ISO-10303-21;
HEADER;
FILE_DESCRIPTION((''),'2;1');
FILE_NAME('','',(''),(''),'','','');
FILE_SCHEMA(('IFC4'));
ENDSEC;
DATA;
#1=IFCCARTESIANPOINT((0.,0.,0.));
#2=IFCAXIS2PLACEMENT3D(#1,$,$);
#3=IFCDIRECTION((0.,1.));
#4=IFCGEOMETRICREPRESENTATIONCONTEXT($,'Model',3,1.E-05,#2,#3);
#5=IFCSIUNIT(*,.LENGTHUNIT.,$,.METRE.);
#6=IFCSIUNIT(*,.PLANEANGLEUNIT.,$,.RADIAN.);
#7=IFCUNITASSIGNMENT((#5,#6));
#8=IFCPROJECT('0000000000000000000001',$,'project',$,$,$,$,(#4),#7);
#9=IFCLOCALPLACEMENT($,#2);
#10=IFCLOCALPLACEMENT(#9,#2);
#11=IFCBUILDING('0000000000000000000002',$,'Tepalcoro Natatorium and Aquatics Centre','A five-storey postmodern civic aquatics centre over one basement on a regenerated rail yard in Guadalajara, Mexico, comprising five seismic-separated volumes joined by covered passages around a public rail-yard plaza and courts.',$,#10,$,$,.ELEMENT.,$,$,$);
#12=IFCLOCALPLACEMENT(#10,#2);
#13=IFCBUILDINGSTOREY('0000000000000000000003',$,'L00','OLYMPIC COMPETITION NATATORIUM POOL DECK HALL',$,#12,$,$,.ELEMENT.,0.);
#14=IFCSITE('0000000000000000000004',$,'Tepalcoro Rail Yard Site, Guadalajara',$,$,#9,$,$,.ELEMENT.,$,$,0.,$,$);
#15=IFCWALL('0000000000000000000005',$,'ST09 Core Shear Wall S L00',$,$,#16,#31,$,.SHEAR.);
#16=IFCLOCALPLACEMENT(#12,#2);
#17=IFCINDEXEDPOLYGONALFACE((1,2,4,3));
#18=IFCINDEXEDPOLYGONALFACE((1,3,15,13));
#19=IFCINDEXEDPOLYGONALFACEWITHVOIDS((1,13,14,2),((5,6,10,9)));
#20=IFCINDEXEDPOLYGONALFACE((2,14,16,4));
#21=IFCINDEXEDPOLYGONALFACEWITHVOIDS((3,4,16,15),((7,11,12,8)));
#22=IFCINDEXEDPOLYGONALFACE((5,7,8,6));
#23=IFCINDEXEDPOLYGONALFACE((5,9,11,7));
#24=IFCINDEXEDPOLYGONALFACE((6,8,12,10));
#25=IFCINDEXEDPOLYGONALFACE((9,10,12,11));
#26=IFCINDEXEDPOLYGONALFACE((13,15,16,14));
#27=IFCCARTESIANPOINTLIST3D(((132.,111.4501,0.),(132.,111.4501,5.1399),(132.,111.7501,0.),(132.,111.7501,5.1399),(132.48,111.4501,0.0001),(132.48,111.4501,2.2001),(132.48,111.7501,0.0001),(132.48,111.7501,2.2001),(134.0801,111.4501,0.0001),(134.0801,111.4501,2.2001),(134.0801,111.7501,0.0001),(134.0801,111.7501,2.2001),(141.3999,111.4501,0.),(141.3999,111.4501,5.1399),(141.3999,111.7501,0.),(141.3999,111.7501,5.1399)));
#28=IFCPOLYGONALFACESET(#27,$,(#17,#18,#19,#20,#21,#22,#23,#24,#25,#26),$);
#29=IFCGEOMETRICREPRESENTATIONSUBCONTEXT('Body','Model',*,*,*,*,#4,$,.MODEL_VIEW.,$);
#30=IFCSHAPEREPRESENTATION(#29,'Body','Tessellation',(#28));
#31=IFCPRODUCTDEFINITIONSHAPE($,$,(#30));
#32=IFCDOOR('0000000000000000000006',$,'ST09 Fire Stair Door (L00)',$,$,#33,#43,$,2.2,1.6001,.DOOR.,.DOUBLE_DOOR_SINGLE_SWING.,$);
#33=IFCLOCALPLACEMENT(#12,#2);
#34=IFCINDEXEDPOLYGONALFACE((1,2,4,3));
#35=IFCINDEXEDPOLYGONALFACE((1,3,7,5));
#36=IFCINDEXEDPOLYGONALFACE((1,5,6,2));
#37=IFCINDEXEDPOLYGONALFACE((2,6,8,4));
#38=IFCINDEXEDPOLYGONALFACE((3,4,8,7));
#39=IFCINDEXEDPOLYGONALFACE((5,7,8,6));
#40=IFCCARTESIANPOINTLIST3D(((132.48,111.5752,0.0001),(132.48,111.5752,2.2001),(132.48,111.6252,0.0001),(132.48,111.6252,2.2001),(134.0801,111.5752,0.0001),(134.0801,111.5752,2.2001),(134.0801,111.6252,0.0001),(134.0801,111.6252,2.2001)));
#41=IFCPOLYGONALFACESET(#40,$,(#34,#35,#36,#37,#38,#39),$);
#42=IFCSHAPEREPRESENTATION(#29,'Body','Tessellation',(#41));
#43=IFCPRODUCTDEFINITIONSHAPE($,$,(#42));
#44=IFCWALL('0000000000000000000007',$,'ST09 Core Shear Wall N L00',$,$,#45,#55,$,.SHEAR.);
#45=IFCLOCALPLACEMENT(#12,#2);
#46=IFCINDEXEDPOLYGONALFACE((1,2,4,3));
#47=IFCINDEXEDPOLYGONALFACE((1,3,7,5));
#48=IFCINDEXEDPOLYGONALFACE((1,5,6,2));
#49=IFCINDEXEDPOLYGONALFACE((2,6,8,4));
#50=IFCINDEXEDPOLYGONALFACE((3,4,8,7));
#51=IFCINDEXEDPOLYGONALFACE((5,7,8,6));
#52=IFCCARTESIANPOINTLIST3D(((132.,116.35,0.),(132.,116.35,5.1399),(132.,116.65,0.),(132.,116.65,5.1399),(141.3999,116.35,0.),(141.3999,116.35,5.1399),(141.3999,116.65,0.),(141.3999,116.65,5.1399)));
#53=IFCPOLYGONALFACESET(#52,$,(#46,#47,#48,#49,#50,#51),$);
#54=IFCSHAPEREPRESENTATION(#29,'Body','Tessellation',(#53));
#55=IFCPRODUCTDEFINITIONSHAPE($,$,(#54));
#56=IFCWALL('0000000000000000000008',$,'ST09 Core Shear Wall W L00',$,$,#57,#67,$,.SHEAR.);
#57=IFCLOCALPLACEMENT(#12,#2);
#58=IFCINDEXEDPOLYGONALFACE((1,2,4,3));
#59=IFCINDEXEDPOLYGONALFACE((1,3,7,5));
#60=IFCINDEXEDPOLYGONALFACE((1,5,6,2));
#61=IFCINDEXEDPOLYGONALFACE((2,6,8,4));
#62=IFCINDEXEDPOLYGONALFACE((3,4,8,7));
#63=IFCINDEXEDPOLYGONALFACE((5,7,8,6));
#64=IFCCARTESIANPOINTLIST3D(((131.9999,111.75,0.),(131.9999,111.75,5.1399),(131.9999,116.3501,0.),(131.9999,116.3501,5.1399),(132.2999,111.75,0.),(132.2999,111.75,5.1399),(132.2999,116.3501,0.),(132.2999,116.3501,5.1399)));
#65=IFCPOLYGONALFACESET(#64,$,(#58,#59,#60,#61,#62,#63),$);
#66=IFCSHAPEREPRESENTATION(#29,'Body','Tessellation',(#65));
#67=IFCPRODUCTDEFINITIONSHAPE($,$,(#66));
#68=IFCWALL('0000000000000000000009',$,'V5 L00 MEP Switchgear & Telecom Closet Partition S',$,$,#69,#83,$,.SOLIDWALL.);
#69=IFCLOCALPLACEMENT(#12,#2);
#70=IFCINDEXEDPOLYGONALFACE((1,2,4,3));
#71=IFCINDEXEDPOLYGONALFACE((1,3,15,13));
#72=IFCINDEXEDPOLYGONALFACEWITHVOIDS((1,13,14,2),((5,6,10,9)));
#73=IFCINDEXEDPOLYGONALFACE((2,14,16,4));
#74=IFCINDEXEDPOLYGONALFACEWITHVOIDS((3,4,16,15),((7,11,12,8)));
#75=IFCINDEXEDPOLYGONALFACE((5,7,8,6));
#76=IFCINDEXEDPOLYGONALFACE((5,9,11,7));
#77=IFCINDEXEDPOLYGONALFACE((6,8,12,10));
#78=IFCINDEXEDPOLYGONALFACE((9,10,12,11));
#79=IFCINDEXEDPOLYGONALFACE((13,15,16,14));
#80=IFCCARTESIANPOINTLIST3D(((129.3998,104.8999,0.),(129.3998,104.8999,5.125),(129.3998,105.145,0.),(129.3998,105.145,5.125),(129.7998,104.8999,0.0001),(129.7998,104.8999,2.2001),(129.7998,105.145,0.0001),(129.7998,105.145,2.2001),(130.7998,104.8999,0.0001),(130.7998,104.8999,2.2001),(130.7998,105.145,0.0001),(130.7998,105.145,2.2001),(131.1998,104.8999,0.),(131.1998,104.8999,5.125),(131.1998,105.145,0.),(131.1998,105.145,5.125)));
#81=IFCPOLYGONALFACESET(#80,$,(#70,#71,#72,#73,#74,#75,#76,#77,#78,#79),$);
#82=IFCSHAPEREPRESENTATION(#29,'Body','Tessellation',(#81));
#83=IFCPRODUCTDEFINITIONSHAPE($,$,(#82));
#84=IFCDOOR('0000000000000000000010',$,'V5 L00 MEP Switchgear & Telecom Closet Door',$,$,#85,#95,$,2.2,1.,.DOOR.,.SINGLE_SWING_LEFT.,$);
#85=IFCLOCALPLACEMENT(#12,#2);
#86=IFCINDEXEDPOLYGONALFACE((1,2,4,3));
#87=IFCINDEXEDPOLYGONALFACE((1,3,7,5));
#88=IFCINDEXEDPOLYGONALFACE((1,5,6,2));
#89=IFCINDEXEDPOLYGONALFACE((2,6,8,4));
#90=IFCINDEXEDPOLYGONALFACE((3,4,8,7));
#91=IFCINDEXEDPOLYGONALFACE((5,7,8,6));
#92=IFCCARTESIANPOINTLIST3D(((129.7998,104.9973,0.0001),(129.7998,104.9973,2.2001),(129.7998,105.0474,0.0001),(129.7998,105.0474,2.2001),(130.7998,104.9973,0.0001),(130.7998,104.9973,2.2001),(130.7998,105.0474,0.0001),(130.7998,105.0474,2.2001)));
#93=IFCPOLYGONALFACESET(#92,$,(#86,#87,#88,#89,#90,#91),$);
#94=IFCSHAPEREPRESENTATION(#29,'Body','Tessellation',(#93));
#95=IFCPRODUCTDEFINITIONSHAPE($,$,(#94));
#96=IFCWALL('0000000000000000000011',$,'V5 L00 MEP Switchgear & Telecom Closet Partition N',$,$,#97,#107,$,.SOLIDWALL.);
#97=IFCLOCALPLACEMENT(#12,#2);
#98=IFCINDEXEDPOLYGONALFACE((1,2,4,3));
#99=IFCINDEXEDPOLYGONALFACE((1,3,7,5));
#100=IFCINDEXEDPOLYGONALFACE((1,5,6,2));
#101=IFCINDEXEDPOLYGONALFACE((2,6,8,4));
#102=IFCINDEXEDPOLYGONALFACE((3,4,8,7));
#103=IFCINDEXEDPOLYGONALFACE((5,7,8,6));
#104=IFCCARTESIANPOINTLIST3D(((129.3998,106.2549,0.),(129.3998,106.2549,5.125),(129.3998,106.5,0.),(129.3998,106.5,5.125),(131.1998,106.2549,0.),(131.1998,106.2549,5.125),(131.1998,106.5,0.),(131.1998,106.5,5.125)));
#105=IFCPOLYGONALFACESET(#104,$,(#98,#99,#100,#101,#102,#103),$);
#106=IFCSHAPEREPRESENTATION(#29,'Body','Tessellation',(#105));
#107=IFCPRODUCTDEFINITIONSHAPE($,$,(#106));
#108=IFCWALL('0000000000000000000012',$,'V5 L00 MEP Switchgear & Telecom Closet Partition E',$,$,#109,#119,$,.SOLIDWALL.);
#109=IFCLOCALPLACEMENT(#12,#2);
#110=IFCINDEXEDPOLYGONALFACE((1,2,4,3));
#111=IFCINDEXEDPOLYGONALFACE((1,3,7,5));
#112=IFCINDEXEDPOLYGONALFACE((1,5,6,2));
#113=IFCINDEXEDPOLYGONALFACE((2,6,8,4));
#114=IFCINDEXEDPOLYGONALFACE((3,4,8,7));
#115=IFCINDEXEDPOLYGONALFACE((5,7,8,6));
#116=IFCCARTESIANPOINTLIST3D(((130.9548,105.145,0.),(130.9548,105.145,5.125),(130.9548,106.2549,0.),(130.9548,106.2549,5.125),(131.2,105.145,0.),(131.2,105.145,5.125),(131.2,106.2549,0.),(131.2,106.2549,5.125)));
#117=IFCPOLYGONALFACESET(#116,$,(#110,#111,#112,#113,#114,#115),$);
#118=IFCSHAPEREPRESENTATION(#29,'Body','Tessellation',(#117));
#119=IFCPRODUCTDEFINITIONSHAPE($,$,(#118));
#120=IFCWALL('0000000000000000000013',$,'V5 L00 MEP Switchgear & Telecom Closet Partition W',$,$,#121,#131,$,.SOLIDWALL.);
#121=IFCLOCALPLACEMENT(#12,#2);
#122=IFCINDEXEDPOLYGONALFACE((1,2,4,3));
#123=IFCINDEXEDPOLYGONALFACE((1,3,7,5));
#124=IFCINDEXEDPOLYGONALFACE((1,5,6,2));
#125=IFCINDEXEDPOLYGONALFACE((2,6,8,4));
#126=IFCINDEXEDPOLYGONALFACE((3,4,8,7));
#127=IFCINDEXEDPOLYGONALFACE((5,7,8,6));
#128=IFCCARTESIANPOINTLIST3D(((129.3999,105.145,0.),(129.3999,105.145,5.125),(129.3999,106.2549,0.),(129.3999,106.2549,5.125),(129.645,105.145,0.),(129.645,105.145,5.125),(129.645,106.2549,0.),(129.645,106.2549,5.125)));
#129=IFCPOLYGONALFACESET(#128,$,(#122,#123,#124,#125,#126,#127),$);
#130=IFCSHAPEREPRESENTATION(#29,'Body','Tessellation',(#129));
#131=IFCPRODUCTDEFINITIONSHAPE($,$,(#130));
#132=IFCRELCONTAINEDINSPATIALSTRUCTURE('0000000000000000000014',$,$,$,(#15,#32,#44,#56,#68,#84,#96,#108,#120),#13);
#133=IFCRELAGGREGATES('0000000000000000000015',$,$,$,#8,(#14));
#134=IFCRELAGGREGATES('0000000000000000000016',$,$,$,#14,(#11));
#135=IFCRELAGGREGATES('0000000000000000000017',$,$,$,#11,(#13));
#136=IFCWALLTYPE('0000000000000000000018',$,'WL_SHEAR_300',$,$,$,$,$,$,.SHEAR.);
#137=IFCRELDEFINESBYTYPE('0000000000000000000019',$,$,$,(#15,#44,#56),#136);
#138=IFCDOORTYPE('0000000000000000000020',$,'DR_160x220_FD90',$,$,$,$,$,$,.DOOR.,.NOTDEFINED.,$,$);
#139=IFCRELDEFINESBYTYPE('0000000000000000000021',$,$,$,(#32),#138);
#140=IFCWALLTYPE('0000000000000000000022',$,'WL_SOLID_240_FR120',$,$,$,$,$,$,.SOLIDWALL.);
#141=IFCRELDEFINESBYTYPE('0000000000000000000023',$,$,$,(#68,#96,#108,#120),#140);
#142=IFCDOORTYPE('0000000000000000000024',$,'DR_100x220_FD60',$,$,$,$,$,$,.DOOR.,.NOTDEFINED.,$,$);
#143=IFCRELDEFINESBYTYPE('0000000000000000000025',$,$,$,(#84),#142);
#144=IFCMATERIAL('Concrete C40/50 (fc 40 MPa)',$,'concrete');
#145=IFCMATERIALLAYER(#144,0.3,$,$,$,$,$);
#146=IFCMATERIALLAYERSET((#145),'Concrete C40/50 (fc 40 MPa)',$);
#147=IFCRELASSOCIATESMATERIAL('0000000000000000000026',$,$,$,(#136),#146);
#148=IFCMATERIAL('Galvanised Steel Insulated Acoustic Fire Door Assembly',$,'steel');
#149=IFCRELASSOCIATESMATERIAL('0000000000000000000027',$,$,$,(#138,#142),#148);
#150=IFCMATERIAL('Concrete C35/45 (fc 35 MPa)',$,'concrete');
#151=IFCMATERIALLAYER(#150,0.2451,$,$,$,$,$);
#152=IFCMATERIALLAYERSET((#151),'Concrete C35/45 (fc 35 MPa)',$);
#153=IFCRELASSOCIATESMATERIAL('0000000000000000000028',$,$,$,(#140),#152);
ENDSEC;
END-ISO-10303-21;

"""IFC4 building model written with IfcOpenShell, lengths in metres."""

from ifc_helpers import new_model, si_unit, direction, frame, frame_2d, origin, place, context, subcontext, project, spatial, rectangle, extrude, material, layer, layer_set, type_object, element, fill, save


model = new_model("IFC4")

# Units and contexts
model_context = context("Model", 3, precision=1e-05, world=origin(), true_north=direction((0.0, 1.0)))
body_context = subcontext(model_context, "Body", "Model", "MODEL_VIEW")
ifc_project = project(units=[si_unit("LENGTHUNIT", "METRE"), si_unit("PLANEANGLEUNIT", "RADIAN")], contexts=[model_context])

# Site, building, storey
site_placement = place(None, origin())
site = spatial("IfcSite", under=ifc_project, at=site_placement, Name="Tepalcoro Rail Yard Site, Guadalajara", CompositionType="ELEMENT", RefElevation=0.0)
building_placement = place(site_placement, origin())
building = spatial("IfcBuilding", under=site, at=building_placement, Name="Tepalcoro Natatorium and Aquatics Centre", Description="A five-storey postmodern civic aquatics centre over one basement on a regenerated rail yard in Guadalajara, Mexico, comprising five seismic-separated volumes joined by covered passages around a public rail-yard plaza and courts.", CompositionType="ELEMENT")
storey_placement = place(building_placement, origin())
storey = spatial("IfcBuildingStorey", under=building, at=storey_placement, Name="L00", Description="OLYMPIC COMPETITION NATATORIUM POOL DECK HALL", CompositionType="ELEMENT", Elevation=0.0)

# Shared definitions
ifc_material_1 = material(Name="Concrete C40/50 (fc 40 MPa)", Category="concrete")

# Wall, opening, door
ifc_layer_1 = layer(ifc_material_1, 0.3)
ifc_layer_set_1 = layer_set([ifc_layer_1], Name="Concrete C40/50 (fc 40 MPa)")
wall_type_1 = type_object("IfcWallType", Name="WL_SHEAR_300", PredefinedType="SHEAR", material=ifc_layer_set_1)
wall_1_placement = place(storey_placement, frame((132.0, 111.6001, 0.0), z_axis=(0.0, 0.0, 1.0), x_axis=(1.0, 0.0, 0.0)))
wall_1 = element("IfcWall", 1, at=wall_1_placement, inside=storey, type_object=wall_type_1, Name="ST09 Core Shear Wall S L00", PredefinedType="SHEAR", context=body_context, shape_type="SweptSolid", body=[
    extrude(rectangle(XDim=9.3999, YDim=0.3, at=frame_2d((4.7, 0.0))), origin(), (0.0, 0.0, 1.0), 5.1399),
])
opening_1_placement = place(wall_1_placement, frame((0.48, 0.0, 0.0)))
opening_1 = element("IfcOpeningElement", 2, at=opening_1_placement, cuts=wall_1, PredefinedType="OPENING", context=body_context, shape_type="SweptSolid", body=[
    extrude(rectangle(XDim=1.6001, YDim=2.2, at=frame_2d((0.8, 1.1001))), frame((0.0, 0.1621, 0.0), z_axis=(0.0, -1.0, 0.0), x_axis=(1.0, 0.0, 0.0)), (0.0, 0.0, 1.0), 0.324),
])
ifc_material_2 = material(Name="Galvanised Steel Insulated Acoustic Fire Door Assembly", Category="steel")
door_type_1 = type_object("IfcDoorType", Name="DR_160x220_FD90", OperationType="NOTDEFINED", PredefinedType="DOOR", material=ifc_material_2)
door_1_placement = place(opening_1_placement, frame((1.6001, 0.0, 0.0), z_axis=(0.0, 0.0, 1.0), x_axis=(-1.0, 0.0, 0.0)))
door_1 = element("IfcDoor", 3, at=door_1_placement, inside=storey, type_object=door_type_1, Name="ST09 Fire Stair Door (L00)", OperationType="DOUBLE_DOOR_SINGLE_SWING", OverallHeight=2.2, OverallWidth=1.6001, PredefinedType="DOOR", context=body_context, shape_type="SweptSolid", body=[
    extrude(rectangle(XDim=1.6001, YDim=2.2, at=frame_2d((0.8, 1.1001))), frame((0.0, 0.0249, 0.0), z_axis=(0.0, -1.0, 0.0), x_axis=(1.0, 0.0, 0.0)), (0.0, 0.0, 1.0), 0.05),
])
fill(opening_1, door_1)

# Walls
wall_2_placement = place(storey_placement, frame((132.0, 116.5, 0.0), z_axis=(0.0, 0.0, 1.0), x_axis=(1.0, 0.0, 0.0)))
element("IfcWall", 4, at=wall_2_placement, inside=storey, type_object=wall_type_1, Name="ST09 Core Shear Wall N L00", PredefinedType="SHEAR", context=body_context, shape_type="SweptSolid", body=[
    extrude(rectangle(XDim=9.3999, YDim=0.3, at=frame_2d((4.7, 0.0))), origin(), (0.0, 0.0, 1.0), 5.1399),
])
wall_3_placement = place(storey_placement, frame((132.1499, 111.75, 0.0), z_axis=(0.0, 0.0, 1.0), x_axis=(0.0, 1.0, 0.0)))
element("IfcWall", 5, at=wall_3_placement, inside=storey, type_object=wall_type_1, Name="ST09 Core Shear Wall W L00", PredefinedType="SHEAR", context=body_context, shape_type="SweptSolid", body=[
    extrude(rectangle(XDim=4.6001, YDim=0.3, at=frame_2d((2.3, 0.0))), origin(), (0.0, 0.0, 1.0), 5.1399),
])

# Wall, opening, door
ifc_material_3 = material(Name="Concrete C35/45 (fc 35 MPa)", Category="concrete")
ifc_layer_2 = layer(ifc_material_3, 0.2451)
ifc_layer_set_2 = layer_set([ifc_layer_2], Name="Concrete C35/45 (fc 35 MPa)")
wall_type_2 = type_object("IfcWallType", Name="WL_SOLID_240_FR120", PredefinedType="SOLIDWALL", material=ifc_layer_set_2)
wall_4_placement = place(storey_placement, frame((129.3999, 105.0225, 0.0), z_axis=(0.0, 0.0, 1.0), x_axis=(1.0, 0.0, 0.0)))
wall_4 = element("IfcWall", 6, at=wall_4_placement, inside=storey, type_object=wall_type_2, Name="V5 L00 MEP Switchgear & Telecom Closet Partition S", PredefinedType="SOLIDWALL", context=body_context, shape_type="SweptSolid", body=[
    extrude(rectangle(XDim=1.8, YDim=0.2451, at=frame_2d((0.8999, 0.0))), origin(), (0.0, 0.0, 1.0), 5.125),
])
opening_2_placement = place(wall_4_placement, frame((0.3999, 0.0, 0.0)))
opening_2 = element("IfcOpeningElement", 7, at=opening_2_placement, cuts=wall_4, PredefinedType="OPENING", context=body_context, shape_type="SweptSolid", body=[
    extrude(rectangle(XDim=1.0, YDim=2.2, at=frame_2d((0.5, 1.1001))), frame((0.0, 0.1345, 0.0), z_axis=(0.0, -1.0, 0.0), x_axis=(1.0, 0.0, 0.0)), (0.0, 0.0, 1.0), 0.269),
])
door_type_2 = type_object("IfcDoorType", Name="DR_100x220_FD60", OperationType="NOTDEFINED", PredefinedType="DOOR", material=ifc_material_2)
door_2_placement = place(opening_2_placement, origin())
door_2 = element("IfcDoor", 8, at=door_2_placement, inside=storey, type_object=door_type_2, Name="V5 L00 MEP Switchgear & Telecom Closet Door", OperationType="SINGLE_SWING_LEFT", OverallHeight=2.2, OverallWidth=1.0, PredefinedType="DOOR", context=body_context, shape_type="SweptSolid", body=[
    extrude(rectangle(XDim=1.0, YDim=2.2, at=frame_2d((0.5, 1.1001))), frame((0.0, 0.0249, 0.0), z_axis=(0.0, -1.0, 0.0), x_axis=(1.0, 0.0, 0.0)), (0.0, 0.0, 1.0), 0.05),
])
fill(opening_2, door_2)

# Walls
wall_5_placement = place(storey_placement, frame((129.3999, 106.3774, 0.0), z_axis=(0.0, 0.0, 1.0), x_axis=(1.0, 0.0, 0.0)))
element("IfcWall", 9, at=wall_5_placement, inside=storey, type_object=wall_type_2, Name="V5 L00 MEP Switchgear & Telecom Closet Partition N", PredefinedType="SOLIDWALL", context=body_context, shape_type="SweptSolid", body=[
    extrude(rectangle(XDim=1.8, YDim=0.2451, at=frame_2d((0.8999, 0.0))), origin(), (0.0, 0.0, 1.0), 5.125),
])
for number, where, z_axis, x_axis, name in (
    (10, (131.0774, 105.145, 0.0), (0.0, 0.0, 1.0), (0.0, 1.0, 0.0), "V5 L00 MEP Switchgear & Telecom Closet Partition E"),
    (11, (129.5225, 105.145, 0.0), (0.0, 0.0, 1.0), (0.0, 1.0, 0.0), "V5 L00 MEP Switchgear & Telecom Closet Partition W"),
):
    element("IfcWall", number, at=place(storey_placement, frame(where, z_axis=z_axis, x_axis=x_axis)), inside=storey, type_object=wall_type_2, Name=name, PredefinedType="SOLIDWALL", context=body_context, shape_type="SweptSolid", body=[
        extrude(rectangle(XDim=1.1099, YDim=0.2451, at=frame_2d((0.5549, 0.0))), origin(), (0.0, 0.0, 1.0), 5.125),
    ])

save(model, "model.ifc")
